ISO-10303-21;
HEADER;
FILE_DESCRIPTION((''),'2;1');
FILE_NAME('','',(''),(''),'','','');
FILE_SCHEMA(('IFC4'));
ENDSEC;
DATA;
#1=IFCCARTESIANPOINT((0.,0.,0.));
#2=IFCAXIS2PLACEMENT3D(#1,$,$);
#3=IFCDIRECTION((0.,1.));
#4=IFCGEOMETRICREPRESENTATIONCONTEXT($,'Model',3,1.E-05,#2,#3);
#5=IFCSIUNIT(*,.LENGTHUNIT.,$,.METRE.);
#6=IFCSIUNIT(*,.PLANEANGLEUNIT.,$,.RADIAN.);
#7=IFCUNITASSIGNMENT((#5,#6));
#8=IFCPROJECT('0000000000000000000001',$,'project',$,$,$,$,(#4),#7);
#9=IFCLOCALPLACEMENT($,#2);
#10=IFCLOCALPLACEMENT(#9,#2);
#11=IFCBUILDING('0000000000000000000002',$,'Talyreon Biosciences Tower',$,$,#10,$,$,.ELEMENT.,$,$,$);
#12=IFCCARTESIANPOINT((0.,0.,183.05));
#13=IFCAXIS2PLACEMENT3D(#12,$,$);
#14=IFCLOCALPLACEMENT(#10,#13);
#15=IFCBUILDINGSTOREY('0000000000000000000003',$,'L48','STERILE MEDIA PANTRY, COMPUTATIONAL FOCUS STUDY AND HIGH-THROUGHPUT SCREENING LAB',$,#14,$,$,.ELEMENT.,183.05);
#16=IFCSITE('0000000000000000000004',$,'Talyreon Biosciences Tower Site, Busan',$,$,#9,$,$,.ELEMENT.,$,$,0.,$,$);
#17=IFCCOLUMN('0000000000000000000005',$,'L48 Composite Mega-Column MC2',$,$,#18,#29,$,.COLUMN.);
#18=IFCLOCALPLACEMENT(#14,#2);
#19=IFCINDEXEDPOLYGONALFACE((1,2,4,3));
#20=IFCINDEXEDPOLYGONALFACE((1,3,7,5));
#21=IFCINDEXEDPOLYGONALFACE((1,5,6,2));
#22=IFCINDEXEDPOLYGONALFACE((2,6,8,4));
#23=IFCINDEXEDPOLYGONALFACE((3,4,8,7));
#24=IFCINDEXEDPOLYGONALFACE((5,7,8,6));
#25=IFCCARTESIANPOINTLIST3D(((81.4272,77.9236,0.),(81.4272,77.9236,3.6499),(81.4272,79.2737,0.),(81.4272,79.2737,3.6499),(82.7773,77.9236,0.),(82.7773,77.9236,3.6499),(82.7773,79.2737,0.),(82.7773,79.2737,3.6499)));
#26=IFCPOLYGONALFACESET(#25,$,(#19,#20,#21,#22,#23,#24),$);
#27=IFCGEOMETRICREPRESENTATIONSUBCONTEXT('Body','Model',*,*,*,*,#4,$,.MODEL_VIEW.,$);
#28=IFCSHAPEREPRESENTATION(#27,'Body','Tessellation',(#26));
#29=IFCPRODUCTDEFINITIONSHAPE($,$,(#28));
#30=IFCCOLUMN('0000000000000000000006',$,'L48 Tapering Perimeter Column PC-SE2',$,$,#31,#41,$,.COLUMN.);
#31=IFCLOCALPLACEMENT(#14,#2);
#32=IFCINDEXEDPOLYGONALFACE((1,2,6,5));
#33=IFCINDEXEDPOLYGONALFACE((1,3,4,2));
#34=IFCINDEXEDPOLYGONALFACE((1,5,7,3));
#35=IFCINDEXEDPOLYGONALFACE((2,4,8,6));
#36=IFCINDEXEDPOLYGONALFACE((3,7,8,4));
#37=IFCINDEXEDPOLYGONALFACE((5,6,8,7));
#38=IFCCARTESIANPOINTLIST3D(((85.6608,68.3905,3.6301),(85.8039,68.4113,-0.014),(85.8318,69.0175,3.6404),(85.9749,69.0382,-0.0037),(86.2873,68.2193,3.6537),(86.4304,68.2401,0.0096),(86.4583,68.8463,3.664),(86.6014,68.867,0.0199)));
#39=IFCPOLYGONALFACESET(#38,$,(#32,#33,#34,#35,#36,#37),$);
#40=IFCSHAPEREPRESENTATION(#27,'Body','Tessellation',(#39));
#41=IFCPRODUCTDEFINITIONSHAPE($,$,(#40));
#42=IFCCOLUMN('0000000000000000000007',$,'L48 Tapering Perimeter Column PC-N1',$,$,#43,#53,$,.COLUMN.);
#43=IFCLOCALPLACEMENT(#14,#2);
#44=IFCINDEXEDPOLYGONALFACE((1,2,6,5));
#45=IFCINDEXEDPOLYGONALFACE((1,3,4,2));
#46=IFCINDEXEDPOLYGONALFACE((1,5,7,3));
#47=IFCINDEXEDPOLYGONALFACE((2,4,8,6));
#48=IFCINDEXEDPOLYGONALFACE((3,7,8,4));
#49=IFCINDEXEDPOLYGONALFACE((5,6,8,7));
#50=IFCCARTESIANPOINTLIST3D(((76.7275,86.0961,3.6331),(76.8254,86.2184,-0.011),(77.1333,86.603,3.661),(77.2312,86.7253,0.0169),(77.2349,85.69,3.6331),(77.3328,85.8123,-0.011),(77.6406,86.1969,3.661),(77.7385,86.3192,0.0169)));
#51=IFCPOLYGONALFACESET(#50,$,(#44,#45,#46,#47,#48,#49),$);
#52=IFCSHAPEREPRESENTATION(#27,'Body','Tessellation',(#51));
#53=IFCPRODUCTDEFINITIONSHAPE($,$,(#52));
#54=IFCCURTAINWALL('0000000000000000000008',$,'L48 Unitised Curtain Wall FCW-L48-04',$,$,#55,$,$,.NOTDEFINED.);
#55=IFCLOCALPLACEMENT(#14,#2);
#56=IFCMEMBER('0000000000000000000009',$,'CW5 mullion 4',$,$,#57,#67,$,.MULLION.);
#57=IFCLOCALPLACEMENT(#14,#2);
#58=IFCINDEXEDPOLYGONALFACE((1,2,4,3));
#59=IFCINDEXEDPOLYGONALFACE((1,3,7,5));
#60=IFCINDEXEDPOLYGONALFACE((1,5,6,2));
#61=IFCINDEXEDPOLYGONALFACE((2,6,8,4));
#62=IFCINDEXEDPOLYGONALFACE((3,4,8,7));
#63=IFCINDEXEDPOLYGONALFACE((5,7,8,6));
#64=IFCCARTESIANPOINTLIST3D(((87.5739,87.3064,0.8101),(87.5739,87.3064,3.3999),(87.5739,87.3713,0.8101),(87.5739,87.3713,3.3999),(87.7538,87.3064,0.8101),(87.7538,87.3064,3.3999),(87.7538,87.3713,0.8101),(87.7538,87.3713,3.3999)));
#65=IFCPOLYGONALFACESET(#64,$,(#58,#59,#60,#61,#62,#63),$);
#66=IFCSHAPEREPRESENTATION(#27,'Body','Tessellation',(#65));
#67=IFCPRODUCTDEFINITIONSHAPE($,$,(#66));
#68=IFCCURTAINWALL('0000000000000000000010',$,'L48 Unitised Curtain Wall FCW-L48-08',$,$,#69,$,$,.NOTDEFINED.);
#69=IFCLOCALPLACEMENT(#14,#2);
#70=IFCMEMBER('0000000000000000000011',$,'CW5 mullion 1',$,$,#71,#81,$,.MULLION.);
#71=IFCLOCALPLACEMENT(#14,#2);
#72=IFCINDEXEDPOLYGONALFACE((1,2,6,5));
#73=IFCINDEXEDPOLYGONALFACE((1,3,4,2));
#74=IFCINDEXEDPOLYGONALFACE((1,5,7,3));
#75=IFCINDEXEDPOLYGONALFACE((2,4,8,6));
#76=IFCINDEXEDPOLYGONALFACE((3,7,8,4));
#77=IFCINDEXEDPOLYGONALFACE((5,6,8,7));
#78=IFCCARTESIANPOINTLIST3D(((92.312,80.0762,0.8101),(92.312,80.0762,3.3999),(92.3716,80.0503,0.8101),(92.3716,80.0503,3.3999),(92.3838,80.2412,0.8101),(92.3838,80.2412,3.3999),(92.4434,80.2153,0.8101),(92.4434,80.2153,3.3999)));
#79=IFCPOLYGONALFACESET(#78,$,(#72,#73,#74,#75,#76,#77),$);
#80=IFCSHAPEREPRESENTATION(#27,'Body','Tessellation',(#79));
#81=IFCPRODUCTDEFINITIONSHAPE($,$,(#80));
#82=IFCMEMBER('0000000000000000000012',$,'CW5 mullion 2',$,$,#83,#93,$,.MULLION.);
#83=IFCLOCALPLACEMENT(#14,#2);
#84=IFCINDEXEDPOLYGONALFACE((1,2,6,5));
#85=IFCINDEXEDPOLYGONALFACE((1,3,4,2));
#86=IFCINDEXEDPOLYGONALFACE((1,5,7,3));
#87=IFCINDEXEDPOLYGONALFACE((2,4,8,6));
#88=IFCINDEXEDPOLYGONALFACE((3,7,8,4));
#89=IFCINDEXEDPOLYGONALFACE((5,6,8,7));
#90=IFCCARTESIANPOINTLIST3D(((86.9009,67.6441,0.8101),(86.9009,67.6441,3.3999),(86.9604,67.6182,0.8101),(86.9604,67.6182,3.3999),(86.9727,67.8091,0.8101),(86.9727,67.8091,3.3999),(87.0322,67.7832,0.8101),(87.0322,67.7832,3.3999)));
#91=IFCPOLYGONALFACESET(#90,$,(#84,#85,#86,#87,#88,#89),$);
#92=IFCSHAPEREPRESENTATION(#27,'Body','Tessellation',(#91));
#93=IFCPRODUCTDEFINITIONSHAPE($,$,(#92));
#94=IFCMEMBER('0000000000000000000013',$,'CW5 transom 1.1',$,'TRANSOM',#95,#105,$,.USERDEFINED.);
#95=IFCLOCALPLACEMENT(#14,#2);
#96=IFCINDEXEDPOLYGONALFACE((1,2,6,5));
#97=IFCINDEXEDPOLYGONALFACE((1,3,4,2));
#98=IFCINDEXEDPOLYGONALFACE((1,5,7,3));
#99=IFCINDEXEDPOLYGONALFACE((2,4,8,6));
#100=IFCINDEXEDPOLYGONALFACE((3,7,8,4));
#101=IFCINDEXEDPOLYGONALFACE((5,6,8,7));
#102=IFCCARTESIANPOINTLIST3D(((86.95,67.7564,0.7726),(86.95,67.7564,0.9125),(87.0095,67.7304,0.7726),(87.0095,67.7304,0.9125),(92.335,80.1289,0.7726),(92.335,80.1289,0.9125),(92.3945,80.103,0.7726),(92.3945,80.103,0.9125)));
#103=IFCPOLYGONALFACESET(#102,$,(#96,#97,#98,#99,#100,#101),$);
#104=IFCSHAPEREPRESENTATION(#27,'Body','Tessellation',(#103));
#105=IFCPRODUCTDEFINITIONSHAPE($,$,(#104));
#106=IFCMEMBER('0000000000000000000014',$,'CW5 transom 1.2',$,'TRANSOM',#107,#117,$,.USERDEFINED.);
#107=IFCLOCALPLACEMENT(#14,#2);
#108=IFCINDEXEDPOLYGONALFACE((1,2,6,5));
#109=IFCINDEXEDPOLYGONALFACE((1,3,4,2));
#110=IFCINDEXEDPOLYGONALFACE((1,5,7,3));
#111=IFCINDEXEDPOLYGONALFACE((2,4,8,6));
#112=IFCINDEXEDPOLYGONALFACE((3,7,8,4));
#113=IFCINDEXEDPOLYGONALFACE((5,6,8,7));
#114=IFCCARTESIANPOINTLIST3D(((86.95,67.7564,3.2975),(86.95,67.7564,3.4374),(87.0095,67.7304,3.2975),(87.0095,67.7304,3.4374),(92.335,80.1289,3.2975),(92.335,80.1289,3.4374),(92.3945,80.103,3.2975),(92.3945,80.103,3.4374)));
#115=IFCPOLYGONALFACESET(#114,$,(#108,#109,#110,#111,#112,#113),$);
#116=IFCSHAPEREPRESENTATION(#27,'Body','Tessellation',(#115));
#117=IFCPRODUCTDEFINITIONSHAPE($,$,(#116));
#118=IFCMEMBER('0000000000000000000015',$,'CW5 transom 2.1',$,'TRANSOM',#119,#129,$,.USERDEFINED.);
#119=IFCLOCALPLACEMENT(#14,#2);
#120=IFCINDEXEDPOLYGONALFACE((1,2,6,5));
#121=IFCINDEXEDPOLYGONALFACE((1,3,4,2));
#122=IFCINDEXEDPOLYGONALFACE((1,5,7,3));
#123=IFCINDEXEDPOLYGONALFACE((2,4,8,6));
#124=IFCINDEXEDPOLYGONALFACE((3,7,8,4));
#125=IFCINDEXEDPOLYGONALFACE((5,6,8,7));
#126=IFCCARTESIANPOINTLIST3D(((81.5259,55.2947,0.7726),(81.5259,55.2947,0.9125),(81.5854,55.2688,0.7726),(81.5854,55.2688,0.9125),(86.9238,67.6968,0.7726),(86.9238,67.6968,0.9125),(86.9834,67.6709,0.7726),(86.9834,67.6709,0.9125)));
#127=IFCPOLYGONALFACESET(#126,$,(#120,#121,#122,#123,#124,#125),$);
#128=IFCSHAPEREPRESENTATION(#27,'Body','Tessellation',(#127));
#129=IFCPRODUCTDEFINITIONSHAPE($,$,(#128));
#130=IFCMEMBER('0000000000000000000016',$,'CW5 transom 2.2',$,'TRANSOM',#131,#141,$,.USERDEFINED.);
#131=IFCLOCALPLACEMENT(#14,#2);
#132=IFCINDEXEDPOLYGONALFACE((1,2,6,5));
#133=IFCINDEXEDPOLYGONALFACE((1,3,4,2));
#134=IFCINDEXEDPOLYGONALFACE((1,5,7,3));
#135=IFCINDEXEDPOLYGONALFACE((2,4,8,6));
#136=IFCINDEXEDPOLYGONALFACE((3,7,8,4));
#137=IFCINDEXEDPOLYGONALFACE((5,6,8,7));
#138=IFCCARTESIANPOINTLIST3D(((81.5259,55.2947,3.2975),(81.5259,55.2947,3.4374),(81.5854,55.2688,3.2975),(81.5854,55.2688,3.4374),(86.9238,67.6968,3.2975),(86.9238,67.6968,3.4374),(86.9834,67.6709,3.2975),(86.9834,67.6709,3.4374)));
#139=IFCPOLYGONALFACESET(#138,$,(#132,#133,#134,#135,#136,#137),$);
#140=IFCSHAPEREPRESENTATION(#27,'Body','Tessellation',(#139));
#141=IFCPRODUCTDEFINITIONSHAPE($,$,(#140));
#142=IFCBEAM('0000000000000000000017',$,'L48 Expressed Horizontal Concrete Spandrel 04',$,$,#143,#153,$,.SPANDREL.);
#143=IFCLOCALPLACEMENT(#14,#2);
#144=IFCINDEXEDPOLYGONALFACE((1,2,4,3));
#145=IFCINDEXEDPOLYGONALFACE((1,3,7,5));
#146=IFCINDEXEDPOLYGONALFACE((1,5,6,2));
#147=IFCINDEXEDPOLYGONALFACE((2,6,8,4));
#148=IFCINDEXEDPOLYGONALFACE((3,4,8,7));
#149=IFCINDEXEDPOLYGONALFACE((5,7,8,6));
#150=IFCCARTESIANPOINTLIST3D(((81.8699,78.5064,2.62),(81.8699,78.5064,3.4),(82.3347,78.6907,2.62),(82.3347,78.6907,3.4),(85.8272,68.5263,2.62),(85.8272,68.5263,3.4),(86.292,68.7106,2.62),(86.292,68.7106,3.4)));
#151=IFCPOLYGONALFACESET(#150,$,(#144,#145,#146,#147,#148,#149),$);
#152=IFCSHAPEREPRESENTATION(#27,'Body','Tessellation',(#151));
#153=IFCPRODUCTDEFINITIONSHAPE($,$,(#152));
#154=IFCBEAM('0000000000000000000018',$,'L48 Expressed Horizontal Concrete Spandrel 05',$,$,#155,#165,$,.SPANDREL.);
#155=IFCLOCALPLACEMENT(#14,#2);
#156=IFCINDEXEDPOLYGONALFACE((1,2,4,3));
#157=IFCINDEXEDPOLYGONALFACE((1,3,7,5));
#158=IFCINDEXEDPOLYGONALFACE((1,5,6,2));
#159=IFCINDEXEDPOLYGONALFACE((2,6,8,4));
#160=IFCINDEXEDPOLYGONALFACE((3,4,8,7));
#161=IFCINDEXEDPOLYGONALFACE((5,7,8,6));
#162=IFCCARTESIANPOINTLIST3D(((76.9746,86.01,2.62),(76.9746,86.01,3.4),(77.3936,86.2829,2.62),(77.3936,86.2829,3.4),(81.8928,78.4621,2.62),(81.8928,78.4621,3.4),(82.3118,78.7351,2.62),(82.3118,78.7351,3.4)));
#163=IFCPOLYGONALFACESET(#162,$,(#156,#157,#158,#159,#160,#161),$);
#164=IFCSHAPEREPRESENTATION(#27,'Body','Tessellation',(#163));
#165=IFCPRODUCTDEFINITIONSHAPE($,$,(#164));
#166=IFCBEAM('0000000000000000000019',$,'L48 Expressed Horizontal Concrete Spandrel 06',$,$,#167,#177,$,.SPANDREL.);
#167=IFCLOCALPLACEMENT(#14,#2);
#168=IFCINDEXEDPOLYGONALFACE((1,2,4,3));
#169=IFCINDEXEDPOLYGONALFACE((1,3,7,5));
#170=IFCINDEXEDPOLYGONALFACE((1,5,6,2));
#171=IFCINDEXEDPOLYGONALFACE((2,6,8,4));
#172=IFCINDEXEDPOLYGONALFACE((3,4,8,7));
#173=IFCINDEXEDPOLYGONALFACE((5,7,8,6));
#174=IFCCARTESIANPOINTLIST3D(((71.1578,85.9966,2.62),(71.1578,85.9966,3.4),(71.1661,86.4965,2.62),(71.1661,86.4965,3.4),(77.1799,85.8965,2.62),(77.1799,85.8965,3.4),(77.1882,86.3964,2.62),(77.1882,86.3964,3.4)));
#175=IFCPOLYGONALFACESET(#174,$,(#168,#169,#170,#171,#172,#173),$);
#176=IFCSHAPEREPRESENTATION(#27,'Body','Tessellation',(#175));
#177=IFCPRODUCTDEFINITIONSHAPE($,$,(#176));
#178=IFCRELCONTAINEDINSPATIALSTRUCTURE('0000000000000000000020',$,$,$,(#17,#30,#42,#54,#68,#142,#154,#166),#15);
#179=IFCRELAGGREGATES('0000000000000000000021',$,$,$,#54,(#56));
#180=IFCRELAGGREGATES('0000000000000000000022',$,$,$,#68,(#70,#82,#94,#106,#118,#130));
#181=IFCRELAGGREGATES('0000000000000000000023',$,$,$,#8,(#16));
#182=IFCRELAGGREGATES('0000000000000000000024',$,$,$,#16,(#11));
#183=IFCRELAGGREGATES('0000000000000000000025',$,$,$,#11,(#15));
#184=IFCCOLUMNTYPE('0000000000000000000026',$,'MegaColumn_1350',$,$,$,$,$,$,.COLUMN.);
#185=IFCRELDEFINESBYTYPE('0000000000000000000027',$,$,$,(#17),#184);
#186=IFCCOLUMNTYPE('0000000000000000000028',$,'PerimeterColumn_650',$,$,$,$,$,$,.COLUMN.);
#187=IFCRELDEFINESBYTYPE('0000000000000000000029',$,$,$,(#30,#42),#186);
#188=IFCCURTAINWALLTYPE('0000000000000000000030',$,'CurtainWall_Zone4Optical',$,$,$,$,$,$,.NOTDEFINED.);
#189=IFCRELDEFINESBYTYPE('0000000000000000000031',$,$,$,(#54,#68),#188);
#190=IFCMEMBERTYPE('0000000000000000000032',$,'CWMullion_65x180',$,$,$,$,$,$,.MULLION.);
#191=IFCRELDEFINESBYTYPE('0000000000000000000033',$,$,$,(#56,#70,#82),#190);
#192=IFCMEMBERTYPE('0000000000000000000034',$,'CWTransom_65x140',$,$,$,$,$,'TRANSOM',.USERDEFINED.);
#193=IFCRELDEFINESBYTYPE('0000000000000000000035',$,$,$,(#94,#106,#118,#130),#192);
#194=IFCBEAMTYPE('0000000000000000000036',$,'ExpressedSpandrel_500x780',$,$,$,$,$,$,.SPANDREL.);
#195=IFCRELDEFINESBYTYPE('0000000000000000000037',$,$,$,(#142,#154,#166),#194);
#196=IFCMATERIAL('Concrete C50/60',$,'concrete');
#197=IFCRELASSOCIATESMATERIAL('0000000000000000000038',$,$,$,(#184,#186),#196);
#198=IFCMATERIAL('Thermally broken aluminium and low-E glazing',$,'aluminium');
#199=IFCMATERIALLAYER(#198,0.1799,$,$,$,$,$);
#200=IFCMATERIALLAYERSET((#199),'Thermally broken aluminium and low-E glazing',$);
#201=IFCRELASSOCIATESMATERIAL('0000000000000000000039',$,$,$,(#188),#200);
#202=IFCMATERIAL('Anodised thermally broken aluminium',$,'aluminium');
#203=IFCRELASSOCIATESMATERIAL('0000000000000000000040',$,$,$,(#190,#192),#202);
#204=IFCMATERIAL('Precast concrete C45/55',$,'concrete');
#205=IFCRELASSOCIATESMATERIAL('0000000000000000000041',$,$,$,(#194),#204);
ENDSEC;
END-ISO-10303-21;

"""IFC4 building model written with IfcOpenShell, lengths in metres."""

from ifc_helpers import new_model, si_unit, direction, frame, origin, origin_2d, place, context, subcontext, project, spatial, rectangle, extrude, material, layer, layer_set, material_profile, profile_set, type_object, element, aggregate, save


model = new_model("IFC4")

# Units and contexts
model_context = context("Model", 3, precision=1e-05, world=origin(), true_north=direction((0.0, 1.0)))
body_context = subcontext(model_context, "Body", "Model", "MODEL_VIEW")
ifc_project = project(units=[si_unit("LENGTHUNIT", "METRE"), si_unit("PLANEANGLEUNIT", "RADIAN")], contexts=[model_context])

# Site, building, storey
site_placement = place(None, origin())
site = spatial("IfcSite", under=ifc_project, at=site_placement, Name="Talyreon Biosciences Tower Site, Busan", CompositionType="ELEMENT", RefElevation=0.0)
building_placement = place(site_placement, origin())
building = spatial("IfcBuilding", under=site, at=building_placement, Name="Talyreon Biosciences Tower", CompositionType="ELEMENT")
storey_placement = place(building_placement, frame((0.0, 0.0, 183.05)))
storey = spatial("IfcBuildingStorey", under=building, at=storey_placement, Name="L48", Description="STERILE MEDIA PANTRY, COMPUTATIONAL FOCUS STUDY AND HIGH-THROUGHPUT SCREENING LAB", CompositionType="ELEMENT", Elevation=183.05)

# Columns
ifc_material_1 = material(Name="Concrete C50/60", Category="concrete")
ifc_material_profile_1 = material_profile(ifc_material_1, rectangle(XDim=1.3501, YDim=1.3501, at=origin_2d()), Name="RC 1350x1350")
ifc_profile_set_1 = profile_set([ifc_material_profile_1], Name="Concrete C50/60")
column_type_1 = type_object("IfcColumnType", Name="MegaColumn_1350", PredefinedType="COLUMN", material=ifc_profile_set_1)
column_1_placement = place(storey_placement, frame((82.1023, 78.5986, 0.0), z_axis=(0.0, 0.0, 1.0), x_axis=(1.0, 0.0, 0.0)))
element("IfcColumn", 1, at=column_1_placement, inside=storey, type_object=column_type_1, Name="L48 Composite Mega-Column MC2", PredefinedType="COLUMN", context=body_context, shape_type="SweptSolid", body=[
    extrude(rectangle(XDim=1.3501, YDim=1.3501, at=origin_2d()), origin(), (0.0, 0.0, 1.0), 3.6499),
])
ifc_material_profile_2 = material_profile(ifc_material_1, rectangle(XDim=0.6499, YDim=0.6499, at=origin_2d()), Name="RC 650x650")
ifc_profile_set_2 = profile_set([ifc_material_profile_2], Name="Concrete C50/60")
column_type_2 = type_object("IfcColumnType", Name="PerimeterColumn_650", PredefinedType="COLUMN", material=ifc_profile_set_2)
column_2_placement = place(storey_placement, frame((86.2026, 68.6392, 0.0029), z_axis=(-0.039229, -0.00569, 0.999214), x_axis=(0.963993, -0.263433, 0.036346)))
element("IfcColumn", 2, at=column_2_placement, inside=storey, type_object=column_type_2, Name="L48 Tapering Perimeter Column PC-SE2", PredefinedType="COLUMN", context=body_context, shape_type="SweptSolid", body=[
    extrude(rectangle(XDim=0.6499, YDim=0.6499, at=origin_2d()), origin(), (0.0, 0.0, 1.0), 3.647),
])
column_3_placement = place(storey_placement, frame((77.282, 86.2688, 0.0029), z_axis=(-0.026841, -0.033535, 0.999077), x_axis=(-0.780717, 0.624885, 0.0)))
element("IfcColumn", 3, at=column_3_placement, inside=storey, type_object=column_type_2, Name="L48 Tapering Perimeter Column PC-N1", PredefinedType="COLUMN", context=body_context, shape_type="SweptSolid", body=[
    extrude(rectangle(XDim=0.6499, YDim=0.6499, at=origin_2d()), origin(), (0.0, 0.0, 1.0), 3.6475),
])

# Curtain wall, member
ifc_material_2 = material(Name="Thermally broken aluminium and low-E glazing", Category="aluminium")
ifc_layer_1 = layer(ifc_material_2, 0.1799)
ifc_layer_set_1 = layer_set([ifc_layer_1], Name="Thermally broken aluminium and low-E glazing")
curtain_wall_type = type_object("IfcCurtainWallType", Name="CurtainWall_Zone4Optical", PredefinedType="NOTDEFINED", material=ifc_layer_set_1)
curtain_wall_1_placement = place(storey_placement, origin())
curtain_wall_1 = element("IfcCurtainWall", 4, at=curtain_wall_1_placement, inside=storey, type_object=curtain_wall_type, Name="L48 Unitised Curtain Wall FCW-L48-04", PredefinedType="NOTDEFINED")
ifc_material_3 = material(Name="Anodised thermally broken aluminium", Category="aluminium")
ifc_material_profile_3 = material_profile(ifc_material_3, rectangle(XDim=0.0649, YDim=0.1799, at=origin_2d()), Name="ALUM MULLION 65x180")
ifc_profile_set_3 = profile_set([ifc_material_profile_3], Name="Anodised thermally broken aluminium")
member_type_1 = type_object("IfcMemberType", Name="CWMullion_65x180", PredefinedType="MULLION", material=ifc_profile_set_3)
member_1_placement = place(storey_placement, frame((87.6638, 87.3389, 0.8101), z_axis=(0.0, 0.0, 1.0), x_axis=(0.0, 1.0, 0.0)))
member_1 = element("IfcMember", 5, at=member_1_placement, type_object=member_type_1, Name="CW5 mullion 4", PredefinedType="MULLION", context=body_context, shape_type="SweptSolid", body=[
    extrude(rectangle(XDim=0.0649, YDim=0.1799, at=origin_2d()), origin(), (0.0, 0.0, 1.0), 2.5898),
])

# Curtain wall, members
curtain_wall_2_placement = place(storey_placement, origin())
curtain_wall_2 = element("IfcCurtainWall", 6, at=curtain_wall_2_placement, inside=storey, type_object=curtain_wall_type, Name="L48 Unitised Curtain Wall FCW-L48-08", PredefinedType="NOTDEFINED")
member_2_placement = place(storey_placement, frame((92.3777, 80.1458, 0.8101), z_axis=(0.0, 0.0, 1.0), x_axis=(0.916912, -0.399089, 0.0)))
member_2 = element("IfcMember", 7, at=member_2_placement, type_object=member_type_1, Name="CW5 mullion 1", PredefinedType="MULLION", context=body_context, shape_type="SweptSolid", body=[
    extrude(rectangle(XDim=0.0649, YDim=0.1799, at=origin_2d()), origin(), (0.0, 0.0, 1.0), 2.5898),
])
member_3_placement = place(storey_placement, frame((86.9666, 67.7136, 0.8101), z_axis=(0.0, 0.0, 1.0), x_axis=(0.916912, -0.399089, 0.0)))
member_3 = element("IfcMember", 8, at=member_3_placement, type_object=member_type_1, Name="CW5 mullion 2", PredefinedType="MULLION", context=body_context, shape_type="SweptSolid", body=[
    extrude(rectangle(XDim=0.0649, YDim=0.1799, at=origin_2d()), origin(), (0.0, 0.0, 1.0), 2.5898),
])
ifc_material_profile_4 = material_profile(ifc_material_3, rectangle(XDim=0.0649, YDim=0.1399, at=origin_2d()), Name="ALUM TRANSOM 65x140")
ifc_profile_set_4 = profile_set([ifc_material_profile_4], Name="Anodised thermally broken aluminium")
member_type_2 = type_object("IfcMemberType", Name="CWTransom_65x140", ElementType="TRANSOM", PredefinedType="USERDEFINED", material=ifc_profile_set_4)
member_4_placement = place(storey_placement, frame((92.3647, 80.116, 0.8425), z_axis=(-0.399077, -0.916917, 0.0), x_axis=(0.916917, -0.399077, 0.0)))
member_4 = element("IfcMember", 9, at=member_4_placement, type_object=member_type_2, Name="CW5 transom 1.1", ObjectType="TRANSOM", PredefinedType="USERDEFINED", context=body_context, shape_type="SweptSolid", body=[
    extrude(rectangle(XDim=0.0649, YDim=0.1399, at=origin_2d()), origin(), (0.0, 0.0, 1.0), 13.4937),
])
member_5_placement = place(storey_placement, frame((92.3647, 80.116, 3.3674), z_axis=(-0.399077, -0.916917, 0.0), x_axis=(0.916917, -0.399077, 0.0)))
member_5 = element("IfcMember", 10, at=member_5_placement, type_object=member_type_2, Name="CW5 transom 1.2", ObjectType="TRANSOM", PredefinedType="USERDEFINED", context=body_context, shape_type="SweptSolid", body=[
    extrude(rectangle(XDim=0.0649, YDim=0.1399, at=origin_2d()), origin(), (0.0, 0.0, 1.0), 13.4937),
])
member_6_placement = place(storey_placement, frame((86.9536, 67.6838, 0.8425), z_axis=(-0.399082, -0.916915, 0.0), x_axis=(0.916915, -0.399082, 0.0)))
member_6 = element("IfcMember", 11, at=member_6_placement, type_object=member_type_2, Name="CW5 transom 2.1", ObjectType="TRANSOM", PredefinedType="USERDEFINED", context=body_context, shape_type="SweptSolid", body=[
    extrude(rectangle(XDim=0.0649, YDim=0.1399, at=origin_2d()), origin(), (0.0, 0.0, 1.0), 13.5259),
])
member_7_placement = place(storey_placement, frame((86.9536, 67.6838, 3.3674), z_axis=(-0.399082, -0.916915, 0.0), x_axis=(0.916915, -0.399082, 0.0)))
member_7 = element("IfcMember", 12, at=member_7_placement, type_object=member_type_2, Name="CW5 transom 2.2", ObjectType="TRANSOM", PredefinedType="USERDEFINED", context=body_context, shape_type="SweptSolid", body=[
    extrude(rectangle(XDim=0.0649, YDim=0.1399, at=origin_2d()), origin(), (0.0, 0.0, 1.0), 13.5259),
])

# Beams
ifc_material_4 = material(Name="Precast concrete C45/55", Category="concrete")
ifc_material_profile_5 = material_profile(ifc_material_4, rectangle(XDim=0.5, YDim=0.78, at=origin_2d()), Name="RCB 500x780")
ifc_profile_set_5 = profile_set([ifc_material_profile_5], Name="Precast concrete C45/55")
beam_type_1 = type_object("IfcBeamType", Name="ExpressedSpandrel_500x780", PredefinedType="SPANDREL", material=ifc_profile_set_5)
beam_1_placement = place(storey_placement, frame((86.0596, 68.6184, 3.01), z_axis=(-0.368594, 0.929591, 0.0), x_axis=(-0.929591, -0.368594, 0.0)))
element("IfcBeam", 13, at=beam_1_placement, inside=storey, type_object=beam_type_1, Name="L48 Expressed Horizontal Concrete Spandrel 04", PredefinedType="SPANDREL", context=body_context, shape_type="SweptSolid", body=[
    extrude(rectangle(XDim=0.5, YDim=0.78, at=origin_2d()), origin(), (0.0, 0.0, 1.0), 10.7361),
])
beam_2_placement = place(storey_placement, frame((82.1023, 78.5986, 3.01), z_axis=(-0.545933, 0.837829, 0.0), x_axis=(-0.837829, -0.545933, 0.0)))
element("IfcBeam", 14, at=beam_2_placement, inside=storey, type_object=beam_type_1, Name="L48 Expressed Horizontal Concrete Spandrel 05", PredefinedType="SPANDREL", context=body_context, shape_type="SweptSolid", body=[
    extrude(rectangle(XDim=0.5, YDim=0.78, at=origin_2d()), origin(), (0.0, 0.0, 1.0), 9.0088),
])
beam_3_placement = place(storey_placement, frame((77.1841, 86.1465, 3.01), z_axis=(-0.999862, 0.016619, 0.0), x_axis=(-0.016619, -0.999862, 0.0)))
element("IfcBeam", 15, at=beam_3_placement, inside=storey, type_object=beam_type_1, Name="L48 Expressed Horizontal Concrete Spandrel 06", PredefinedType="SPANDREL", context=body_context, shape_type="SweptSolid", body=[
    extrude(rectangle(XDim=0.5, YDim=0.78, at=origin_2d()), origin(), (0.0, 0.0, 1.0), 6.0229),
])

aggregate(curtain_wall_1, [member_1])
aggregate(curtain_wall_2, [member_2, member_3, member_4, member_5, member_6, member_7])

save(model, "model.ifc")
